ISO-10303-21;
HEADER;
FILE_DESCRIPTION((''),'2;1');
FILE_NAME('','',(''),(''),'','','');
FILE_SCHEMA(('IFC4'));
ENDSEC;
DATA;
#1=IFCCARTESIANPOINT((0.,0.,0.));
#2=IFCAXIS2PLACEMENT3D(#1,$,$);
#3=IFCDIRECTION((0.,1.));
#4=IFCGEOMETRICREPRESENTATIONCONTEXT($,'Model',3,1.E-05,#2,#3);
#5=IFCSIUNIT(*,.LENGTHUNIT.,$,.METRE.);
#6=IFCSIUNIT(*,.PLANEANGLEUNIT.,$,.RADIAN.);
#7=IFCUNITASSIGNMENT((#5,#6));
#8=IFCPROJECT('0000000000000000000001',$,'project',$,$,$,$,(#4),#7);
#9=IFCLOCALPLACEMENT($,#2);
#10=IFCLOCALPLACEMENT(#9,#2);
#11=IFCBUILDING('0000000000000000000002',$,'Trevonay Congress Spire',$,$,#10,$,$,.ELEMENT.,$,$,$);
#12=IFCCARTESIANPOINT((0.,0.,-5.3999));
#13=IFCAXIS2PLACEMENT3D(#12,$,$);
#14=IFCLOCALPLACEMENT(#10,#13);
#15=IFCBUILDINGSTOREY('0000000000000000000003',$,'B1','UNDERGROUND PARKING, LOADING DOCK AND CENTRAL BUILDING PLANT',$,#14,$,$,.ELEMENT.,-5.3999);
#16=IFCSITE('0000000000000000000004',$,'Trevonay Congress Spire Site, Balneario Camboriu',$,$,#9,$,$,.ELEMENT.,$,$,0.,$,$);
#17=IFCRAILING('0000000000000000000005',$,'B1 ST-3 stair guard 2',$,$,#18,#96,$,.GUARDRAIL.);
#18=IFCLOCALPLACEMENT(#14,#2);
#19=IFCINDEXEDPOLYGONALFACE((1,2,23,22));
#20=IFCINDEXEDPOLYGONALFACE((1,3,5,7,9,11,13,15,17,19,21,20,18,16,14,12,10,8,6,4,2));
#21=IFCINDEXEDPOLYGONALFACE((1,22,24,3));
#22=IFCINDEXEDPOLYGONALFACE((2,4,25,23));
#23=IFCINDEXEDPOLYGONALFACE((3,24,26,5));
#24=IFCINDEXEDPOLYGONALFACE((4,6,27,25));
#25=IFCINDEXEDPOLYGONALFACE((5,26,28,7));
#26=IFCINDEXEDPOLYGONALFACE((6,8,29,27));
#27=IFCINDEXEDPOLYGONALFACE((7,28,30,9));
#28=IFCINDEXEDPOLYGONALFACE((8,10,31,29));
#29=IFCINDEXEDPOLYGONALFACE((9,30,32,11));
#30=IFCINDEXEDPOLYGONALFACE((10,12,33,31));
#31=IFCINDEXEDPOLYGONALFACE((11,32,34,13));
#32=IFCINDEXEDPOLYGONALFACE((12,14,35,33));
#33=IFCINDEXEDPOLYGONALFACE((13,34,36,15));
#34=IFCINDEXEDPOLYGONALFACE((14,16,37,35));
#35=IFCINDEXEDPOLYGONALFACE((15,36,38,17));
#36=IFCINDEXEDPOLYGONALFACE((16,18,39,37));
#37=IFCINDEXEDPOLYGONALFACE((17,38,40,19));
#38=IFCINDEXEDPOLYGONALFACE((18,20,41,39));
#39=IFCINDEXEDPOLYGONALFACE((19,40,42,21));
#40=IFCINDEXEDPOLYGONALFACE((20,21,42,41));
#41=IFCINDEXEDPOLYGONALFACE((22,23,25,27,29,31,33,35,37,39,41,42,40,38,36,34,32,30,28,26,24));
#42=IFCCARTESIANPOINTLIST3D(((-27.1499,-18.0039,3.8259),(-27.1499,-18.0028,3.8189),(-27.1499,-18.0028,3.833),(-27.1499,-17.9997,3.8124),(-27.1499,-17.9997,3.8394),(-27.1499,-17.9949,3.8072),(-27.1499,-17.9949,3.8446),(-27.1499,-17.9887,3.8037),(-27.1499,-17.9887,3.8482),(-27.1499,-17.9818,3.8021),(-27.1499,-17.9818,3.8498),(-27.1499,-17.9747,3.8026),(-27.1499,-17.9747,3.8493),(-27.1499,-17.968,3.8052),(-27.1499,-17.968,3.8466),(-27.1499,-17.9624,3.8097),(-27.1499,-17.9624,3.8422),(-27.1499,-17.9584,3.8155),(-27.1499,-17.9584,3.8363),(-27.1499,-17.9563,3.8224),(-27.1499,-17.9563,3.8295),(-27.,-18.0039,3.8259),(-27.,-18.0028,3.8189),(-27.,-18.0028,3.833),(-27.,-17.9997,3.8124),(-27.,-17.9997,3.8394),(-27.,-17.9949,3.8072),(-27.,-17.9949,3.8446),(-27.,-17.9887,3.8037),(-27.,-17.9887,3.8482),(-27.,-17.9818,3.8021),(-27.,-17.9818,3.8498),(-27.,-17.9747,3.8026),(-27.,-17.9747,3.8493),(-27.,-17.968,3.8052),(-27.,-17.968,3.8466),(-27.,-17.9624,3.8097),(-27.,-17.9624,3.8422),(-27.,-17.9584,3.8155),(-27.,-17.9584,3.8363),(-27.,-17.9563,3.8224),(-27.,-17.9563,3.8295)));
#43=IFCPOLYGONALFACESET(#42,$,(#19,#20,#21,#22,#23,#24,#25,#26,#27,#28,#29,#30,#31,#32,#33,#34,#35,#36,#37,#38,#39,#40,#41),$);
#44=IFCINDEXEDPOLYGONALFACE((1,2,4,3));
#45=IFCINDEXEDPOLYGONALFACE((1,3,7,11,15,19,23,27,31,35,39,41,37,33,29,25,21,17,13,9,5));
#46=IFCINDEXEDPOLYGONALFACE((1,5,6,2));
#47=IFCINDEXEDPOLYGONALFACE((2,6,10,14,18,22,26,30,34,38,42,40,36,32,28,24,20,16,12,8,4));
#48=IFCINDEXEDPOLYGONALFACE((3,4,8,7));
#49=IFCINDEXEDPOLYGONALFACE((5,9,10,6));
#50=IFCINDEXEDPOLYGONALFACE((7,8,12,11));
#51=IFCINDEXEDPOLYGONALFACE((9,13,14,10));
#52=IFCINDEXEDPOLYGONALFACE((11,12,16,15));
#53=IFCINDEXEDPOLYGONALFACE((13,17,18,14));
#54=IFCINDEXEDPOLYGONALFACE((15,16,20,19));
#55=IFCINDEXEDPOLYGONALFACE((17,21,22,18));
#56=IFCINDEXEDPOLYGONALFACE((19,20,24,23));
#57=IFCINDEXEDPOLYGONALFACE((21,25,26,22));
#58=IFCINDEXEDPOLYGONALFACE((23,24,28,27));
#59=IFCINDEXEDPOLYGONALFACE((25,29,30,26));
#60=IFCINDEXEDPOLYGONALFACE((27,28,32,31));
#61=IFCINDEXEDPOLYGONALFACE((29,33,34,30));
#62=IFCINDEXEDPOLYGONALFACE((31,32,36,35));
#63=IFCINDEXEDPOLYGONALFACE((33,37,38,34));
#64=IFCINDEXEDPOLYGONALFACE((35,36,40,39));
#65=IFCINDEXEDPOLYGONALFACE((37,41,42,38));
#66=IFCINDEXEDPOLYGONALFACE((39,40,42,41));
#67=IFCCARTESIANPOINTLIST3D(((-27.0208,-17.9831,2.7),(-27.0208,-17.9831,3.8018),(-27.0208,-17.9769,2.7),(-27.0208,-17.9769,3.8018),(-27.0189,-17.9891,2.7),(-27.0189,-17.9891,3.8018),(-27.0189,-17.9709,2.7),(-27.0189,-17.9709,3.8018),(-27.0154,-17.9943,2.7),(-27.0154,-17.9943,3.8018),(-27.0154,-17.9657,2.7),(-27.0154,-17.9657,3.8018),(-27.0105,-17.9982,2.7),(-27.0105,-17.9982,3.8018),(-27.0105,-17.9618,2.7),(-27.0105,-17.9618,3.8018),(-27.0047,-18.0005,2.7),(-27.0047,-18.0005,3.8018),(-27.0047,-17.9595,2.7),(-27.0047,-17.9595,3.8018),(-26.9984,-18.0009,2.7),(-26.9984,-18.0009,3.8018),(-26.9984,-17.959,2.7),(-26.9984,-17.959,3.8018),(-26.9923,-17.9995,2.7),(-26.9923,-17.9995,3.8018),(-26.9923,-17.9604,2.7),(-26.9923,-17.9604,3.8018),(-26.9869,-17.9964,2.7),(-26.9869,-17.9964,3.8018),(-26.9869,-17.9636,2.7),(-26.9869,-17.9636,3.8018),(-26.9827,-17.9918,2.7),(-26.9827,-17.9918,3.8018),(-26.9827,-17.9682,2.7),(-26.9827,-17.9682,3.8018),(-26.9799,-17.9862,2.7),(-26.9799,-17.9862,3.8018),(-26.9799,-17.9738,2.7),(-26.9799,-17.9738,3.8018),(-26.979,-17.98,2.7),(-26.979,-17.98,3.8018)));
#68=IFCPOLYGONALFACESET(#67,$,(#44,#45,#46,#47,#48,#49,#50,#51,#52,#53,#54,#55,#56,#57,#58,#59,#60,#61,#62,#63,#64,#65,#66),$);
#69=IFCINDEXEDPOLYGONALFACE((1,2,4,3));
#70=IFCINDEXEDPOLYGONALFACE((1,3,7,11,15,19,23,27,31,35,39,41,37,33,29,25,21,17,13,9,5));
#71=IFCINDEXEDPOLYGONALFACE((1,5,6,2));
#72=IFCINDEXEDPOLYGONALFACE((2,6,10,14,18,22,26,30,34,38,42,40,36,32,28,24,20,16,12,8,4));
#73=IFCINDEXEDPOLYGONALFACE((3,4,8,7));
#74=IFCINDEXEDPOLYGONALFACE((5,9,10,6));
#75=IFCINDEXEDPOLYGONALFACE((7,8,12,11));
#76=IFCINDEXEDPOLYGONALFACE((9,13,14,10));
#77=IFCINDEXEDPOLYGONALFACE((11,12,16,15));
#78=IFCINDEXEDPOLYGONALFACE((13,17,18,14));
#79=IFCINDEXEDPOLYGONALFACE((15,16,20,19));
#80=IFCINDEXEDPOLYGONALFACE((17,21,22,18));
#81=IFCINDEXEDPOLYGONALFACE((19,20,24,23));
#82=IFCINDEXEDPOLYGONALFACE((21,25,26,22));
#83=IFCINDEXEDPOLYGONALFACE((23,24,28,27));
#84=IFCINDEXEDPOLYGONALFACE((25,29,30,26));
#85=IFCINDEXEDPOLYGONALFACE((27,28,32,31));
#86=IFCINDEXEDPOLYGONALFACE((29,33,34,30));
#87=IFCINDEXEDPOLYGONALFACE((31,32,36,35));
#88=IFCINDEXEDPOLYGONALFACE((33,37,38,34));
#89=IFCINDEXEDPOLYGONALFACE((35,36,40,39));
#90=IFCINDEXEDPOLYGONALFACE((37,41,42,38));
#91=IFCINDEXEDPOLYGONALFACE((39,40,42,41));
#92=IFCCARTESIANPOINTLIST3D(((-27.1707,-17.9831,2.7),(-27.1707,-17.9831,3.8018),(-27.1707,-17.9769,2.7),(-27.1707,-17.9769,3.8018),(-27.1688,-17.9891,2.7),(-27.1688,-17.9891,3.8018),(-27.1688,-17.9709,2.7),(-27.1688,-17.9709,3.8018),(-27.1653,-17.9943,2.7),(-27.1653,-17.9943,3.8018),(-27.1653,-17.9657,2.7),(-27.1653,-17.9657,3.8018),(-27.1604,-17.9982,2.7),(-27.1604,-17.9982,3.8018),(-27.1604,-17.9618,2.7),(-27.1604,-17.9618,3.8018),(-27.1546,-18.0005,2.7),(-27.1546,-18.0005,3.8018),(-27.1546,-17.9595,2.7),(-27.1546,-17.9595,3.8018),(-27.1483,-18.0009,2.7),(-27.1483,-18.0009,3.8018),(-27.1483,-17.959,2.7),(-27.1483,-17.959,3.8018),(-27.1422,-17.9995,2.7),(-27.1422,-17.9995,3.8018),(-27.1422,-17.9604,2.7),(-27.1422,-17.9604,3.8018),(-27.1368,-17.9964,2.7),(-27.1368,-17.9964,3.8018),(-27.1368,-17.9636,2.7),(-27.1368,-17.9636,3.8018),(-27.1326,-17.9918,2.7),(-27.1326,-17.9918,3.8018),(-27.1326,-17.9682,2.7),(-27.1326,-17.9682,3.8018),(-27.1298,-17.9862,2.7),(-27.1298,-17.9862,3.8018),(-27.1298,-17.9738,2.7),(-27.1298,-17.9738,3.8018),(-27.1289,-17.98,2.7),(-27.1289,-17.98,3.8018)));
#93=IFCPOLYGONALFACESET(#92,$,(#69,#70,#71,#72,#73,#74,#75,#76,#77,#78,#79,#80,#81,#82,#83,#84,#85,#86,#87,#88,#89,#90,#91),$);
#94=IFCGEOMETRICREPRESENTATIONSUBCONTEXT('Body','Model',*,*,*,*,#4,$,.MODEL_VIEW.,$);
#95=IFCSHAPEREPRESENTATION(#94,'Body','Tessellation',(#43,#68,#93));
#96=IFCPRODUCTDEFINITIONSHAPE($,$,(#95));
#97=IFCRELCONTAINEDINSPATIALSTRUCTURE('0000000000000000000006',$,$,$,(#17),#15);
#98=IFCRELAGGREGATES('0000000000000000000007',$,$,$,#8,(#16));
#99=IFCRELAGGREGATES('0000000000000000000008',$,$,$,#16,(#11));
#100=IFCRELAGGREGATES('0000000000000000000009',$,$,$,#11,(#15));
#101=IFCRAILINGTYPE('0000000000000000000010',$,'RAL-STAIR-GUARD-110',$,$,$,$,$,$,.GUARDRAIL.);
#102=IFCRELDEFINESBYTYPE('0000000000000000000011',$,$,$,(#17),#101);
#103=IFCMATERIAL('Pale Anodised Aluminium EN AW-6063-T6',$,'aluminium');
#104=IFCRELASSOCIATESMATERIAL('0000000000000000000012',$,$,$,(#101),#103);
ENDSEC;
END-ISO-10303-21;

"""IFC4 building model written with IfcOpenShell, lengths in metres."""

from ifc_helpers import new_model, si_unit, direction, frame, origin, origin_2d, place, context, subcontext, project, spatial, circle, extrude, material, type_object, element, save


model = new_model("IFC4")

# Units and contexts
model_context = context("Model", 3, precision=1e-05, world=origin(), true_north=direction((0.0, 1.0)))
body_context = subcontext(model_context, "Body", "Model", "MODEL_VIEW")
ifc_project = project(units=[si_unit("LENGTHUNIT", "METRE"), si_unit("PLANEANGLEUNIT", "RADIAN")], contexts=[model_context])

# Site, building, storey
site_placement = place(None, origin())
site = spatial("IfcSite", under=ifc_project, at=site_placement, Name="Trevonay Congress Spire Site, Balneario Camboriu", CompositionType="ELEMENT", RefElevation=0.0)
building_placement = place(site_placement, origin())
building = spatial("IfcBuilding", under=site, at=building_placement, Name="Trevonay Congress Spire", CompositionType="ELEMENT")
storey_placement = place(building_placement, frame((0.0, 0.0, -5.3999)))
storey = spatial("IfcBuildingStorey", under=building, at=storey_placement, Name="B1", Description="UNDERGROUND PARKING, LOADING DOCK AND CENTRAL BUILDING PLANT", CompositionType="ELEMENT", Elevation=-5.3999)

# Railing
ifc_material_1 = material(Name="Pale Anodised Aluminium EN AW-6063-T6", Category="aluminium")
railing_type_1 = type_object("IfcRailingType", Name="RAL-STAIR-GUARD-110", PredefinedType="GUARDRAIL", material=ifc_material_1)
railing_1_placement = place(storey_placement, frame((-27.0, -17.98, 2.7)))
element("IfcRailing", 1, at=railing_1_placement, inside=storey, type_object=railing_type_1, Name="B1 ST-3 stair guard 2", PredefinedType="GUARDRAIL", context=body_context, shape_type="SweptSolid", body=[
    extrude(circle(Radius=0.0239, at=origin_2d()), frame((0.0, 0.0, 1.126), z_axis=(-1.0, 0.0, 0.0), x_axis=(0.0, -1.0, 0.0)), (0.0, 0.0, 1.0), 0.1499),
    extrude(circle(Radius=0.021, at=origin_2d()), origin(), (0.0, 0.0, 1.0), 1.1018),
    extrude(circle(Radius=0.021, at=origin_2d()), frame((-0.1499, 0.0, 0.0)), (0.0, 0.0, 1.0), 1.1018),
])

save(model, "model.ifc")
